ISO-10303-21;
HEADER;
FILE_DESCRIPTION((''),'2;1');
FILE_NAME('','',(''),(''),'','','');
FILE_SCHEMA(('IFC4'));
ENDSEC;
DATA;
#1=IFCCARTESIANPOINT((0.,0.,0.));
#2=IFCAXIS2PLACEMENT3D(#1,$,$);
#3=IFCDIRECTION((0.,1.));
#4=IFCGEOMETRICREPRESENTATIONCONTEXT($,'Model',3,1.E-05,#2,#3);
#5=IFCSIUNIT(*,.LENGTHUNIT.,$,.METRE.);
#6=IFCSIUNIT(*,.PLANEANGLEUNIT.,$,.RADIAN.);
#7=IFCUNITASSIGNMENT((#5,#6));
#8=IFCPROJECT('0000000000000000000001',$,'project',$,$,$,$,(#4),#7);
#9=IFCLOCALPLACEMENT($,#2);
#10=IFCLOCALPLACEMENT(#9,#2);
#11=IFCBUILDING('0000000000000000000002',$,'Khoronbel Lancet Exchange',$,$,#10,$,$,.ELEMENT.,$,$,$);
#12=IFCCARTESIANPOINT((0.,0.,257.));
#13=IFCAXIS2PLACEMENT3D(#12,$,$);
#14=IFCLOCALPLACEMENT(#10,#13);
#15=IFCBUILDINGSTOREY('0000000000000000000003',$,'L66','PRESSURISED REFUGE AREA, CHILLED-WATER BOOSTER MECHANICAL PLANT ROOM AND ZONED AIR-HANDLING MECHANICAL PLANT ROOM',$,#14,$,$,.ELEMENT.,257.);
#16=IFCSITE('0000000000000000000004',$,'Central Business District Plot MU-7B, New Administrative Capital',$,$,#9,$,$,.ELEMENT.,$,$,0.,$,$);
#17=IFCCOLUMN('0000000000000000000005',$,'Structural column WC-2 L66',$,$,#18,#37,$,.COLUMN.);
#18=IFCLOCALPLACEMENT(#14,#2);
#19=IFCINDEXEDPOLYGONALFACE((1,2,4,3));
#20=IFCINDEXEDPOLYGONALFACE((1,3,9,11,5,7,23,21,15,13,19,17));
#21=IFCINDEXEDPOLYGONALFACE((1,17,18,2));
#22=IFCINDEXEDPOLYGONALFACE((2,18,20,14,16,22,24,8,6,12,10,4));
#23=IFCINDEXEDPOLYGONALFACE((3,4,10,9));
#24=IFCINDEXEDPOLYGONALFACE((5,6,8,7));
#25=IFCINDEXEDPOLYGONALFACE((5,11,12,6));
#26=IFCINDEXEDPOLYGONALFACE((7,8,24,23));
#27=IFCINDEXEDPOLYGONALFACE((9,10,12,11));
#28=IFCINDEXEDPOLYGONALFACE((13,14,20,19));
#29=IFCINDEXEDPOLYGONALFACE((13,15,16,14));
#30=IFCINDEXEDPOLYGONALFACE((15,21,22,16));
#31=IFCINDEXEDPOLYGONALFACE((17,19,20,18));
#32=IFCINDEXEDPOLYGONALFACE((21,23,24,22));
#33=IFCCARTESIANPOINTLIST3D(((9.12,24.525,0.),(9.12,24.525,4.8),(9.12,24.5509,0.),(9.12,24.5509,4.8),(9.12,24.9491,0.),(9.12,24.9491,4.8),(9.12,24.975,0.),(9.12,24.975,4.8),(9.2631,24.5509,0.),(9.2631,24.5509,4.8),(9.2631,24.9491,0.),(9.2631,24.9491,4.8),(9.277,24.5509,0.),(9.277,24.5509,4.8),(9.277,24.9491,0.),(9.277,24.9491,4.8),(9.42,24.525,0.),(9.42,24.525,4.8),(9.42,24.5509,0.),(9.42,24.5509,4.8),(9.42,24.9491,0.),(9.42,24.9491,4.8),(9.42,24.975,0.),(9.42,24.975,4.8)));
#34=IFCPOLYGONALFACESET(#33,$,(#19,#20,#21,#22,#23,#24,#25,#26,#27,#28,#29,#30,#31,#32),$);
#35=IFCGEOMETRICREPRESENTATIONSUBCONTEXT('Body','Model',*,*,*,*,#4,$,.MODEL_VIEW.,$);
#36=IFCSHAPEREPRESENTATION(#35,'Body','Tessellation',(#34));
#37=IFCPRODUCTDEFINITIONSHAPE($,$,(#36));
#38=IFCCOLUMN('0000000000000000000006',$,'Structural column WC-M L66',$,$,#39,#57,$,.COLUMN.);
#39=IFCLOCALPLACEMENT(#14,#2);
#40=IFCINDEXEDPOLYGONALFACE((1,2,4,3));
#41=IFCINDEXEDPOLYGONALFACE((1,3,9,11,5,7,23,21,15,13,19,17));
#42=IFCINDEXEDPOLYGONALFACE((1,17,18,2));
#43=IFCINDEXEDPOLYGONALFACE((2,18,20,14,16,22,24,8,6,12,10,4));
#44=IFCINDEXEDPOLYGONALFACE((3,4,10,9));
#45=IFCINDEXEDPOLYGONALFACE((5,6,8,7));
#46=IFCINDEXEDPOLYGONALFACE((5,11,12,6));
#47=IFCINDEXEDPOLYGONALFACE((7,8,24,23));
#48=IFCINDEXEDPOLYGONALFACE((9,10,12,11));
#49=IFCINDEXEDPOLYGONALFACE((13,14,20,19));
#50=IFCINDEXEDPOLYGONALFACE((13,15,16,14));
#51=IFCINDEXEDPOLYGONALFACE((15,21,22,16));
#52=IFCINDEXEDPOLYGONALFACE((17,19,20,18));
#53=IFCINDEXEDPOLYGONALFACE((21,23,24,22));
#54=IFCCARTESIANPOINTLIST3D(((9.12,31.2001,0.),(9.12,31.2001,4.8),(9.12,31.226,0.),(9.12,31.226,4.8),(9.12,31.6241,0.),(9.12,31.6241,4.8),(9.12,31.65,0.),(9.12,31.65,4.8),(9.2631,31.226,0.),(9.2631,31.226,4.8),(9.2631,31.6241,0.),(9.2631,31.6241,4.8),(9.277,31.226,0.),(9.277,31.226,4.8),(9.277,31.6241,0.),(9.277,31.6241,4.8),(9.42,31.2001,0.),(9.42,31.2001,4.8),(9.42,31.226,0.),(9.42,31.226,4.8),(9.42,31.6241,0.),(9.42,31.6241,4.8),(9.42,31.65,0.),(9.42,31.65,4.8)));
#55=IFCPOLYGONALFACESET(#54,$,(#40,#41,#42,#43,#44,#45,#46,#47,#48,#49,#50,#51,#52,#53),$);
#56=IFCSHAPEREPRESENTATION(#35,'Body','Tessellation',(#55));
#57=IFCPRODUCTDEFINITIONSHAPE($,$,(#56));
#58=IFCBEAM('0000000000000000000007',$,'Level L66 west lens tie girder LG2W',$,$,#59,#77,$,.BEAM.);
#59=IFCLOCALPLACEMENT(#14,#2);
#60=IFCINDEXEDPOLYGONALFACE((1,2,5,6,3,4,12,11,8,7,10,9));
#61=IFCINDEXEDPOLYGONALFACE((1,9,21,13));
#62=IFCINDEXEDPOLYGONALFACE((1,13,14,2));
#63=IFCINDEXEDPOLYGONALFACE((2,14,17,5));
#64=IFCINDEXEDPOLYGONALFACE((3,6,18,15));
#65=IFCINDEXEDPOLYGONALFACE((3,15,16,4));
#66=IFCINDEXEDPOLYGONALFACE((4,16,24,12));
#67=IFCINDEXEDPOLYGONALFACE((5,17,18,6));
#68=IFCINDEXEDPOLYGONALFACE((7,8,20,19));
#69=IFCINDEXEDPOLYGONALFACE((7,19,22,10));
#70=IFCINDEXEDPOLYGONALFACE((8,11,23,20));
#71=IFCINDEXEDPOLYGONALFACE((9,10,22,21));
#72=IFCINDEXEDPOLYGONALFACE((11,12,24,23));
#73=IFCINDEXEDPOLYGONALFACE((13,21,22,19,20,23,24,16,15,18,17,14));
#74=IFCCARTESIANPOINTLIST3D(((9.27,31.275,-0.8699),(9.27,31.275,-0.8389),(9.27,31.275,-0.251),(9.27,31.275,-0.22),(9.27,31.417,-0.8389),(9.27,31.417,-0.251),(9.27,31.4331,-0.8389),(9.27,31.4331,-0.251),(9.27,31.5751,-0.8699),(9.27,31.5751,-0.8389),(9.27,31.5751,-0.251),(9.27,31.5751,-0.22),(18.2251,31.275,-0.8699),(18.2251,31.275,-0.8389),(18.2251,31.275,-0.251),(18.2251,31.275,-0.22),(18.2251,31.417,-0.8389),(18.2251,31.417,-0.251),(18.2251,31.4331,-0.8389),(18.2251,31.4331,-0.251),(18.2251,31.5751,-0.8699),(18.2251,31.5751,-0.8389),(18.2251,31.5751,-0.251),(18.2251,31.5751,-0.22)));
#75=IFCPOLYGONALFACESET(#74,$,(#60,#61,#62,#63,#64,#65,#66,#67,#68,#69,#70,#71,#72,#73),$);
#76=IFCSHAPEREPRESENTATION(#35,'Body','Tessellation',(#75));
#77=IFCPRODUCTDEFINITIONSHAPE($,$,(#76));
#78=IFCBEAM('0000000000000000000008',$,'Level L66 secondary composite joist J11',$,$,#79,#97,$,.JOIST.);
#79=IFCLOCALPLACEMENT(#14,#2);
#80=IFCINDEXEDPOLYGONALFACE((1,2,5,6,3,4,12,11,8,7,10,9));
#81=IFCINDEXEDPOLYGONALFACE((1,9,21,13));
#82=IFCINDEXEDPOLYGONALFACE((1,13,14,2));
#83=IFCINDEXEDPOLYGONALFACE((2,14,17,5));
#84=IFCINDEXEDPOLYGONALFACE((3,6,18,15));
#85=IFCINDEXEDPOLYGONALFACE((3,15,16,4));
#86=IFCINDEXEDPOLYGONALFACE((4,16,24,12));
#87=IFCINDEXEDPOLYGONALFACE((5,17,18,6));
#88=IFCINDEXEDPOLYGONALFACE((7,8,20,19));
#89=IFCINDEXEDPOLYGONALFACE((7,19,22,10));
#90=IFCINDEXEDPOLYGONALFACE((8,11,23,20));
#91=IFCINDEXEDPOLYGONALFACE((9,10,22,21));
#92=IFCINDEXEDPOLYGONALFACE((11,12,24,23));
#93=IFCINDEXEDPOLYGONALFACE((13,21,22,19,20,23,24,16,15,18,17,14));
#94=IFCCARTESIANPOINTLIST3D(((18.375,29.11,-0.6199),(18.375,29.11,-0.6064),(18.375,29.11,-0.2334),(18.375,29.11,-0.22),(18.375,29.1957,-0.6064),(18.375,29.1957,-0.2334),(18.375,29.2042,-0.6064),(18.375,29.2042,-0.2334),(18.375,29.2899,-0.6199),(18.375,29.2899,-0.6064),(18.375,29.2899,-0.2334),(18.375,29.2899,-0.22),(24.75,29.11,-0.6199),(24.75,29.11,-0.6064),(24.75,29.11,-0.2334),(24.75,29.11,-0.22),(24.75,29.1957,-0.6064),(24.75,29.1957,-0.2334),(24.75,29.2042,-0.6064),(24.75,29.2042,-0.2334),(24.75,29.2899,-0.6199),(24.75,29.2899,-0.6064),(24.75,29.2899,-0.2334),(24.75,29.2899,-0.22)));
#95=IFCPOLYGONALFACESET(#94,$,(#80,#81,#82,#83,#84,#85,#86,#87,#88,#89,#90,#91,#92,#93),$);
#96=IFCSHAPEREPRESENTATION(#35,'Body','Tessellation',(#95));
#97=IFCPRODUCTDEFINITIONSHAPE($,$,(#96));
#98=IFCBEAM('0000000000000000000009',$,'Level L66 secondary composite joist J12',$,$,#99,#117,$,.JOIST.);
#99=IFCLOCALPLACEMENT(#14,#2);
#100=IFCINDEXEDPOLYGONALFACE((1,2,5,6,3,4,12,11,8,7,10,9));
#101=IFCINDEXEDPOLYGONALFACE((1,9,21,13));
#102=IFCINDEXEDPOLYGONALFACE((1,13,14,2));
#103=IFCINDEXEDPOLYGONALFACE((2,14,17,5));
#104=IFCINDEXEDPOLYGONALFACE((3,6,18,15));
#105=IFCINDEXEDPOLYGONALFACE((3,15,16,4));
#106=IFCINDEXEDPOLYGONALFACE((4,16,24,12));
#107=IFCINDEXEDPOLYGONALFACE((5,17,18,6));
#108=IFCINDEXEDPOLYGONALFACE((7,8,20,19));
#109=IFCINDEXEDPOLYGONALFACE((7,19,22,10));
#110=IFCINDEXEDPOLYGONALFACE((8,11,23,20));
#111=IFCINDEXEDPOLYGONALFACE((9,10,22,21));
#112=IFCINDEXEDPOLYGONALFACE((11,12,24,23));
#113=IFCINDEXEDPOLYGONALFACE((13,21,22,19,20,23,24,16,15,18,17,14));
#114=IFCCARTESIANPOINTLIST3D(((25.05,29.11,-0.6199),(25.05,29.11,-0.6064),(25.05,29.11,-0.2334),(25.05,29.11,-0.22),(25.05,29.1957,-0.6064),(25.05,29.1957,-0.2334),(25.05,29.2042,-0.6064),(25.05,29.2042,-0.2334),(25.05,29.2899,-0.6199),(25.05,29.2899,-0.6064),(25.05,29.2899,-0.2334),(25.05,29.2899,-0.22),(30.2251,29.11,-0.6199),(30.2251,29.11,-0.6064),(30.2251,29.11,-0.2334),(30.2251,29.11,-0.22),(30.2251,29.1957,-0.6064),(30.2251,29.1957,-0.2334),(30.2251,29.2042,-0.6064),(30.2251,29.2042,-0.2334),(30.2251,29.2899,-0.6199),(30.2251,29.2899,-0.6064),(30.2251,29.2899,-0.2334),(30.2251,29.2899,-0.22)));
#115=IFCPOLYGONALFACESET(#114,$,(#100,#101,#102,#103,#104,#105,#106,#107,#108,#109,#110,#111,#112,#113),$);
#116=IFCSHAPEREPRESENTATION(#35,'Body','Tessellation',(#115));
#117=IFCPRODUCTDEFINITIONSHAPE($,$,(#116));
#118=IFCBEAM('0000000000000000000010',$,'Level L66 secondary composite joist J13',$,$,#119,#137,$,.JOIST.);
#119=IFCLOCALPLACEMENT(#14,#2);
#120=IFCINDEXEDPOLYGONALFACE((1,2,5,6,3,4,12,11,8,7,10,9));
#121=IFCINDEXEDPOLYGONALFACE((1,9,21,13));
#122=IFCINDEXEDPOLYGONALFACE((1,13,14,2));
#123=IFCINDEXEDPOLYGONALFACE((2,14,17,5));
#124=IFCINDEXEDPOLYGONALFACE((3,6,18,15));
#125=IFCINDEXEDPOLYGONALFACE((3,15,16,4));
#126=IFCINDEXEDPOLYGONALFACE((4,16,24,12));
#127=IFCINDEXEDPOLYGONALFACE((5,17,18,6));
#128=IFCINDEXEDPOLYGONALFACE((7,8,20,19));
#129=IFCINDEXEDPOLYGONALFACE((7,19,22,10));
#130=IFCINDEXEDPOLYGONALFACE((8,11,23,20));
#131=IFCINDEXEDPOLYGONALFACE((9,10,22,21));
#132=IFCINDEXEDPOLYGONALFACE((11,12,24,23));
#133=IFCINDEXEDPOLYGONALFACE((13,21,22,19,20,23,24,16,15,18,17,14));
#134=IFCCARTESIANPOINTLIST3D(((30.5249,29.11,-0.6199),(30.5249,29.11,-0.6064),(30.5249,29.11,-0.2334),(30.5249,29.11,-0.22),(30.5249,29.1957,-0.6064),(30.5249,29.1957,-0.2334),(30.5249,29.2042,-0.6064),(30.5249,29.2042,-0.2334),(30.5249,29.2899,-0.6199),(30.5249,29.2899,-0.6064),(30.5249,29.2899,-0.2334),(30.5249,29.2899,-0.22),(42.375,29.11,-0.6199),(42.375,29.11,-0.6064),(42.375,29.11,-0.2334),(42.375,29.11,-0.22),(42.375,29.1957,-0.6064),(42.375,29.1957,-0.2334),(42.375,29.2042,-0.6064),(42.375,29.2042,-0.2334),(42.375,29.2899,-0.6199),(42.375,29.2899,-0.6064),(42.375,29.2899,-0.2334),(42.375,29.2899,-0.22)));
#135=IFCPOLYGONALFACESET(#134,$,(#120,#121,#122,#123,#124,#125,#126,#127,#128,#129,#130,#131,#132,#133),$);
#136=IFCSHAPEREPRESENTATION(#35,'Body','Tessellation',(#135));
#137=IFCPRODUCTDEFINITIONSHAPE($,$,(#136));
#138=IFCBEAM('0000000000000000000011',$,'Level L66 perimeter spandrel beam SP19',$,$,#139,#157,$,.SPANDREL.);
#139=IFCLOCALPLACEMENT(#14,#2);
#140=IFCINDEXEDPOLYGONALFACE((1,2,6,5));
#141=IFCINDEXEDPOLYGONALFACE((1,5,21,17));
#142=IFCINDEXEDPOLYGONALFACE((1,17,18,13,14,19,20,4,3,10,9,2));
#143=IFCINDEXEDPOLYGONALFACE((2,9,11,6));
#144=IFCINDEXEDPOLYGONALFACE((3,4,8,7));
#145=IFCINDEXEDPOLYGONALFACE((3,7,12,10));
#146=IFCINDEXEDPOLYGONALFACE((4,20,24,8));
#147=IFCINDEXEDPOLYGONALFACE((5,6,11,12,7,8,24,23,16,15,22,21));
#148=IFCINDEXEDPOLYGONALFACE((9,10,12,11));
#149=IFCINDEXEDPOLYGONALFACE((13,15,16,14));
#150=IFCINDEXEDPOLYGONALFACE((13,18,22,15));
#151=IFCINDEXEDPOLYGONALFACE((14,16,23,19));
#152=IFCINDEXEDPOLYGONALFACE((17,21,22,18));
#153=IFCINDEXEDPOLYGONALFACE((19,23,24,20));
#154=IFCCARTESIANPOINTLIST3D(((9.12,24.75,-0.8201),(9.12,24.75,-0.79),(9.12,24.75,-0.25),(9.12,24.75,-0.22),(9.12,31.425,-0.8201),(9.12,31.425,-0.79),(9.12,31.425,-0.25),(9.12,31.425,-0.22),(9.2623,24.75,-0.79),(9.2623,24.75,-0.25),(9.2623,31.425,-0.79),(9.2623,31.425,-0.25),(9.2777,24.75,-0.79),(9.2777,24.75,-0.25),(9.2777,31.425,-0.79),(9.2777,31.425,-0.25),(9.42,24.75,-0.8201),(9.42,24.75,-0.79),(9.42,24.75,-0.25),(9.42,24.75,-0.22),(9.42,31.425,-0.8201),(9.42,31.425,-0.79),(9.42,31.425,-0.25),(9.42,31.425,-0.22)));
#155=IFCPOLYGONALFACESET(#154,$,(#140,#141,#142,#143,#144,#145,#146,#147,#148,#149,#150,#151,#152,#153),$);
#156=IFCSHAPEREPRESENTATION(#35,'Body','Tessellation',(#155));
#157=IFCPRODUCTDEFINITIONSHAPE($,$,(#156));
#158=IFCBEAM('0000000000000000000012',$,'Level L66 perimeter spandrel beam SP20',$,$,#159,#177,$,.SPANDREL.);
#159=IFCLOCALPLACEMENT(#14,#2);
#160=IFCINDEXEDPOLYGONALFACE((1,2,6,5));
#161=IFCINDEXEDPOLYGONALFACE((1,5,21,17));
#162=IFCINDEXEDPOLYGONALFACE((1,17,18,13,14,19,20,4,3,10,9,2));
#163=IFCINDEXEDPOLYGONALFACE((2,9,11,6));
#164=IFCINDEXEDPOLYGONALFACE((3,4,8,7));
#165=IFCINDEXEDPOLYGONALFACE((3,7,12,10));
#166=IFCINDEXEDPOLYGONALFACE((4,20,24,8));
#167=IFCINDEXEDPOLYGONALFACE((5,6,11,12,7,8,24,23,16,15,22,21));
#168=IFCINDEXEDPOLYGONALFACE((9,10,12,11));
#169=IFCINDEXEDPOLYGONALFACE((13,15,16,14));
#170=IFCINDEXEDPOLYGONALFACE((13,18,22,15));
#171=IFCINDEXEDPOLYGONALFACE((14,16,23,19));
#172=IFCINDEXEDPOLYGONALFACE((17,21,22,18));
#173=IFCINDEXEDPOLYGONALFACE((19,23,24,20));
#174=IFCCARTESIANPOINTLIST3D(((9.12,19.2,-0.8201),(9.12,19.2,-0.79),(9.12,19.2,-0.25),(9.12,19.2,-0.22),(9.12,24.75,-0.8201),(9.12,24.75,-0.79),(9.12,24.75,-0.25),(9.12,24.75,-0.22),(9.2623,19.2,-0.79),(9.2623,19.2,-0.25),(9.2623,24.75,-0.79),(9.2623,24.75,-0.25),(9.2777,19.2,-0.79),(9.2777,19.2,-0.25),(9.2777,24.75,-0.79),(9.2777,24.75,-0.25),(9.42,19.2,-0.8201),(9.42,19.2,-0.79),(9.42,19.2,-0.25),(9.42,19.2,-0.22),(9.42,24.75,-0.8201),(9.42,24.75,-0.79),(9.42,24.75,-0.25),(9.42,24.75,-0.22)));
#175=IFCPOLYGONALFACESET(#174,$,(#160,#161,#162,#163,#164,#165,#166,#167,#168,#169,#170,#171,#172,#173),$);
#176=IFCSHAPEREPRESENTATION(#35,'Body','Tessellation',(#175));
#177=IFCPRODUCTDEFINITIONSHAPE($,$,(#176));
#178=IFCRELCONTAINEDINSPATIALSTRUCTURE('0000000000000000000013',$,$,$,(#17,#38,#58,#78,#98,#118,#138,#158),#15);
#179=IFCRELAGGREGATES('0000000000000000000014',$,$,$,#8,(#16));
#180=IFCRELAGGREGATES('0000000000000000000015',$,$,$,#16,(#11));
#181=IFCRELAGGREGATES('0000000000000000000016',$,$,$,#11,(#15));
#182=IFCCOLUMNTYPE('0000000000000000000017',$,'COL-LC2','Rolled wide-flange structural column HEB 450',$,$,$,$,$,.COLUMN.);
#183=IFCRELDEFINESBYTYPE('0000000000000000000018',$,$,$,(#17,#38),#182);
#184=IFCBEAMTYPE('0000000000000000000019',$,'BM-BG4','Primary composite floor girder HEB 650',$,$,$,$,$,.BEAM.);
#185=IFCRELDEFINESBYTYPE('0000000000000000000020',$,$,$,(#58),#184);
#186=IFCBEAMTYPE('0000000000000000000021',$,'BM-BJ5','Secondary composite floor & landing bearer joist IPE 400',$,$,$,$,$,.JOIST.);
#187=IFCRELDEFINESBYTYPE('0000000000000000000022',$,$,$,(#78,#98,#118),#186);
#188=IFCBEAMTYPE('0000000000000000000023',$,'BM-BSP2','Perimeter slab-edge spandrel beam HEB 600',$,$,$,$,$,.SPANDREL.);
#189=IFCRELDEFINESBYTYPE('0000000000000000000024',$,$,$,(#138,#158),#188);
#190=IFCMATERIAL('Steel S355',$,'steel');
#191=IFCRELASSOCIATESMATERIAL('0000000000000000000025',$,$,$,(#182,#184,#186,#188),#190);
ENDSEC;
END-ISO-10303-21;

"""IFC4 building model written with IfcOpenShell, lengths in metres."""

from ifc_helpers import new_model, si_unit, direction, frame, origin, origin_2d, place, context, subcontext, project, spatial, i_section, extrude, material, material_profile, profile_set, type_object, element, save


model = new_model("IFC4")

# Units and contexts
model_context = context("Model", 3, precision=1e-05, world=origin(), true_north=direction((0.0, 1.0)))
body_context = subcontext(model_context, "Body", "Model", "MODEL_VIEW")
ifc_project = project(units=[si_unit("LENGTHUNIT", "METRE"), si_unit("PLANEANGLEUNIT", "RADIAN")], contexts=[model_context])

# Site, building, storey
site_placement = place(None, origin())
site = spatial("IfcSite", under=ifc_project, at=site_placement, Name="Central Business District Plot MU-7B, New Administrative Capital", CompositionType="ELEMENT", RefElevation=0.0)
building_placement = place(site_placement, origin())
building = spatial("IfcBuilding", under=site, at=building_placement, Name="Khoronbel Lancet Exchange", CompositionType="ELEMENT")
storey_placement = place(building_placement, frame((0.0, 0.0, 257.0)))
storey = spatial("IfcBuildingStorey", under=building, at=storey_placement, Name="L66", Description="PRESSURISED REFUGE AREA, CHILLED-WATER BOOSTER MECHANICAL PLANT ROOM AND ZONED AIR-HANDLING MECHANICAL PLANT ROOM", CompositionType="ELEMENT", Elevation=257.0)

# Columns
ifc_material_1 = material(Name="Steel S355", Category="steel")
ifc_material_profile_1 = material_profile(ifc_material_1, i_section(OverallWidth=0.3, OverallDepth=0.45, WebThickness=0.0139, FlangeThickness=0.0259, at=origin_2d()), Name="HEB 450")
ifc_profile_set_1 = profile_set([ifc_material_profile_1], Name="Steel S355")
column_type = type_object("IfcColumnType", Name="COL-LC2", Description="Rolled wide-flange structural column HEB 450", PredefinedType="COLUMN", material=ifc_profile_set_1)
for number, where, z_axis, x_axis, name in (
    (1, (9.27, 24.75, 0.0), (0.0, 0.0, 1.0), (1.0, 0.0, 0.0), "Structural column WC-2 L66"),
    (2, (9.27, 31.425, 0.0), (0.0, 0.0, 1.0), (1.0, 0.0, 0.0), "Structural column WC-M L66"),
):
    element("IfcColumn", number, at=place(storey_placement, frame(where, z_axis=z_axis, x_axis=x_axis)), inside=storey, type_object=column_type, Name=name, PredefinedType="COLUMN", context=body_context, shape_type="SweptSolid", body=[
        extrude(i_section(OverallWidth=0.3, OverallDepth=0.45, WebThickness=0.0139, FlangeThickness=0.0259, at=origin_2d()), origin(), (0.0, 0.0, 1.0), 4.8),
    ])

# Beams
ifc_material_profile_2 = material_profile(ifc_material_1, i_section(OverallWidth=0.3, OverallDepth=0.6499, WebThickness=0.0161, FlangeThickness=0.031, at=origin_2d()), Name="HEB 650")
ifc_profile_set_2 = profile_set([ifc_material_profile_2], Name="Steel S355")
beam_type_1 = type_object("IfcBeamType", Name="BM-BG4", Description="Primary composite floor girder HEB 650", PredefinedType="BEAM", material=ifc_profile_set_2)
beam_1_placement = place(storey_placement, frame((9.27, 31.425, -0.5449), z_axis=(1.0, 0.0, 0.0), x_axis=(0.0, 1.0, 0.0)))
element("IfcBeam", 3, at=beam_1_placement, inside=storey, type_object=beam_type_1, Name="Level L66 west lens tie girder LG2W", PredefinedType="BEAM", context=body_context, shape_type="SweptSolid", body=[
    extrude(i_section(OverallWidth=0.3, OverallDepth=0.6499, WebThickness=0.0161, FlangeThickness=0.031, at=origin_2d()), origin(), (0.0, 0.0, 1.0), 8.9551),
])
ifc_material_profile_3 = material_profile(ifc_material_1, i_section(OverallWidth=0.1799, OverallDepth=0.3999, WebThickness=0.0085, FlangeThickness=0.0134, at=origin_2d()), Name="IPE 400")
ifc_profile_set_3 = profile_set([ifc_material_profile_3], Name="Steel S355")
beam_type_2 = type_object("IfcBeamType", Name="BM-BJ5", Description="Secondary composite floor & landing bearer joist IPE 400", PredefinedType="JOIST", material=ifc_profile_set_3)
beam_2_placement = place(storey_placement, frame((18.375, 29.2, -0.4199), z_axis=(1.0, 0.0, 0.0), x_axis=(0.0, 1.0, 0.0)))
element("IfcBeam", 4, at=beam_2_placement, inside=storey, type_object=beam_type_2, Name="Level L66 secondary composite joist J11", PredefinedType="JOIST", context=body_context, shape_type="SweptSolid", body=[
    extrude(i_section(OverallWidth=0.1799, OverallDepth=0.3999, WebThickness=0.0085, FlangeThickness=0.0134, at=origin_2d()), origin(), (0.0, 0.0, 1.0), 6.375),
])
beam_3_placement = place(storey_placement, frame((25.05, 29.2, -0.4199), z_axis=(1.0, 0.0, 0.0), x_axis=(0.0, 1.0, 0.0)))
element("IfcBeam", 5, at=beam_3_placement, inside=storey, type_object=beam_type_2, Name="Level L66 secondary composite joist J12", PredefinedType="JOIST", context=body_context, shape_type="SweptSolid", body=[
    extrude(i_section(OverallWidth=0.1799, OverallDepth=0.3999, WebThickness=0.0085, FlangeThickness=0.0134, at=origin_2d()), origin(), (0.0, 0.0, 1.0), 5.175),
])
beam_4_placement = place(storey_placement, frame((30.5249, 29.2, -0.4199), z_axis=(1.0, 0.0, 0.0), x_axis=(0.0, 1.0, 0.0)))
element("IfcBeam", 6, at=beam_4_placement, inside=storey, type_object=beam_type_2, Name="Level L66 secondary composite joist J13", PredefinedType="JOIST", context=body_context, shape_type="SweptSolid", body=[
    extrude(i_section(OverallWidth=0.1799, OverallDepth=0.3999, WebThickness=0.0085, FlangeThickness=0.0134, at=origin_2d()), origin(), (0.0, 0.0, 1.0), 11.8501),
])
ifc_material_profile_4 = material_profile(ifc_material_1, i_section(OverallWidth=0.3, OverallDepth=0.6001, WebThickness=0.0154, FlangeThickness=0.03, at=origin_2d()), Name="HEB 600")
ifc_profile_set_4 = profile_set([ifc_material_profile_4], Name="Steel S355")
beam_type_3 = type_object("IfcBeamType", Name="BM-BSP2", Description="Perimeter slab-edge spandrel beam HEB 600", PredefinedType="SPANDREL", material=ifc_profile_set_4)
beam_5_placement = place(storey_placement, frame((9.27, 31.425, -0.52), z_axis=(0.0, -1.0, 0.0), x_axis=(1.0, 0.0, 0.0)))
element("IfcBeam", 7, at=beam_5_placement, inside=storey, type_object=beam_type_3, Name="Level L66 perimeter spandrel beam SP19", PredefinedType="SPANDREL", context=body_context, shape_type="SweptSolid", body=[
    extrude(i_section(OverallWidth=0.3, OverallDepth=0.6001, WebThickness=0.0154, FlangeThickness=0.03, at=origin_2d()), origin(), (0.0, 0.0, 1.0), 6.675),
])
beam_6_placement = place(storey_placement, frame((9.27, 24.75, -0.52), z_axis=(0.0, -1.0, 0.0), x_axis=(1.0, 0.0, 0.0)))
element("IfcBeam", 8, at=beam_6_placement, inside=storey, type_object=beam_type_3, Name="Level L66 perimeter spandrel beam SP20", PredefinedType="SPANDREL", context=body_context, shape_type="SweptSolid", body=[
    extrude(i_section(OverallWidth=0.3, OverallDepth=0.6001, WebThickness=0.0154, FlangeThickness=0.03, at=origin_2d()), origin(), (0.0, 0.0, 1.0), 5.55),
])

save(model, "model.ifc")
